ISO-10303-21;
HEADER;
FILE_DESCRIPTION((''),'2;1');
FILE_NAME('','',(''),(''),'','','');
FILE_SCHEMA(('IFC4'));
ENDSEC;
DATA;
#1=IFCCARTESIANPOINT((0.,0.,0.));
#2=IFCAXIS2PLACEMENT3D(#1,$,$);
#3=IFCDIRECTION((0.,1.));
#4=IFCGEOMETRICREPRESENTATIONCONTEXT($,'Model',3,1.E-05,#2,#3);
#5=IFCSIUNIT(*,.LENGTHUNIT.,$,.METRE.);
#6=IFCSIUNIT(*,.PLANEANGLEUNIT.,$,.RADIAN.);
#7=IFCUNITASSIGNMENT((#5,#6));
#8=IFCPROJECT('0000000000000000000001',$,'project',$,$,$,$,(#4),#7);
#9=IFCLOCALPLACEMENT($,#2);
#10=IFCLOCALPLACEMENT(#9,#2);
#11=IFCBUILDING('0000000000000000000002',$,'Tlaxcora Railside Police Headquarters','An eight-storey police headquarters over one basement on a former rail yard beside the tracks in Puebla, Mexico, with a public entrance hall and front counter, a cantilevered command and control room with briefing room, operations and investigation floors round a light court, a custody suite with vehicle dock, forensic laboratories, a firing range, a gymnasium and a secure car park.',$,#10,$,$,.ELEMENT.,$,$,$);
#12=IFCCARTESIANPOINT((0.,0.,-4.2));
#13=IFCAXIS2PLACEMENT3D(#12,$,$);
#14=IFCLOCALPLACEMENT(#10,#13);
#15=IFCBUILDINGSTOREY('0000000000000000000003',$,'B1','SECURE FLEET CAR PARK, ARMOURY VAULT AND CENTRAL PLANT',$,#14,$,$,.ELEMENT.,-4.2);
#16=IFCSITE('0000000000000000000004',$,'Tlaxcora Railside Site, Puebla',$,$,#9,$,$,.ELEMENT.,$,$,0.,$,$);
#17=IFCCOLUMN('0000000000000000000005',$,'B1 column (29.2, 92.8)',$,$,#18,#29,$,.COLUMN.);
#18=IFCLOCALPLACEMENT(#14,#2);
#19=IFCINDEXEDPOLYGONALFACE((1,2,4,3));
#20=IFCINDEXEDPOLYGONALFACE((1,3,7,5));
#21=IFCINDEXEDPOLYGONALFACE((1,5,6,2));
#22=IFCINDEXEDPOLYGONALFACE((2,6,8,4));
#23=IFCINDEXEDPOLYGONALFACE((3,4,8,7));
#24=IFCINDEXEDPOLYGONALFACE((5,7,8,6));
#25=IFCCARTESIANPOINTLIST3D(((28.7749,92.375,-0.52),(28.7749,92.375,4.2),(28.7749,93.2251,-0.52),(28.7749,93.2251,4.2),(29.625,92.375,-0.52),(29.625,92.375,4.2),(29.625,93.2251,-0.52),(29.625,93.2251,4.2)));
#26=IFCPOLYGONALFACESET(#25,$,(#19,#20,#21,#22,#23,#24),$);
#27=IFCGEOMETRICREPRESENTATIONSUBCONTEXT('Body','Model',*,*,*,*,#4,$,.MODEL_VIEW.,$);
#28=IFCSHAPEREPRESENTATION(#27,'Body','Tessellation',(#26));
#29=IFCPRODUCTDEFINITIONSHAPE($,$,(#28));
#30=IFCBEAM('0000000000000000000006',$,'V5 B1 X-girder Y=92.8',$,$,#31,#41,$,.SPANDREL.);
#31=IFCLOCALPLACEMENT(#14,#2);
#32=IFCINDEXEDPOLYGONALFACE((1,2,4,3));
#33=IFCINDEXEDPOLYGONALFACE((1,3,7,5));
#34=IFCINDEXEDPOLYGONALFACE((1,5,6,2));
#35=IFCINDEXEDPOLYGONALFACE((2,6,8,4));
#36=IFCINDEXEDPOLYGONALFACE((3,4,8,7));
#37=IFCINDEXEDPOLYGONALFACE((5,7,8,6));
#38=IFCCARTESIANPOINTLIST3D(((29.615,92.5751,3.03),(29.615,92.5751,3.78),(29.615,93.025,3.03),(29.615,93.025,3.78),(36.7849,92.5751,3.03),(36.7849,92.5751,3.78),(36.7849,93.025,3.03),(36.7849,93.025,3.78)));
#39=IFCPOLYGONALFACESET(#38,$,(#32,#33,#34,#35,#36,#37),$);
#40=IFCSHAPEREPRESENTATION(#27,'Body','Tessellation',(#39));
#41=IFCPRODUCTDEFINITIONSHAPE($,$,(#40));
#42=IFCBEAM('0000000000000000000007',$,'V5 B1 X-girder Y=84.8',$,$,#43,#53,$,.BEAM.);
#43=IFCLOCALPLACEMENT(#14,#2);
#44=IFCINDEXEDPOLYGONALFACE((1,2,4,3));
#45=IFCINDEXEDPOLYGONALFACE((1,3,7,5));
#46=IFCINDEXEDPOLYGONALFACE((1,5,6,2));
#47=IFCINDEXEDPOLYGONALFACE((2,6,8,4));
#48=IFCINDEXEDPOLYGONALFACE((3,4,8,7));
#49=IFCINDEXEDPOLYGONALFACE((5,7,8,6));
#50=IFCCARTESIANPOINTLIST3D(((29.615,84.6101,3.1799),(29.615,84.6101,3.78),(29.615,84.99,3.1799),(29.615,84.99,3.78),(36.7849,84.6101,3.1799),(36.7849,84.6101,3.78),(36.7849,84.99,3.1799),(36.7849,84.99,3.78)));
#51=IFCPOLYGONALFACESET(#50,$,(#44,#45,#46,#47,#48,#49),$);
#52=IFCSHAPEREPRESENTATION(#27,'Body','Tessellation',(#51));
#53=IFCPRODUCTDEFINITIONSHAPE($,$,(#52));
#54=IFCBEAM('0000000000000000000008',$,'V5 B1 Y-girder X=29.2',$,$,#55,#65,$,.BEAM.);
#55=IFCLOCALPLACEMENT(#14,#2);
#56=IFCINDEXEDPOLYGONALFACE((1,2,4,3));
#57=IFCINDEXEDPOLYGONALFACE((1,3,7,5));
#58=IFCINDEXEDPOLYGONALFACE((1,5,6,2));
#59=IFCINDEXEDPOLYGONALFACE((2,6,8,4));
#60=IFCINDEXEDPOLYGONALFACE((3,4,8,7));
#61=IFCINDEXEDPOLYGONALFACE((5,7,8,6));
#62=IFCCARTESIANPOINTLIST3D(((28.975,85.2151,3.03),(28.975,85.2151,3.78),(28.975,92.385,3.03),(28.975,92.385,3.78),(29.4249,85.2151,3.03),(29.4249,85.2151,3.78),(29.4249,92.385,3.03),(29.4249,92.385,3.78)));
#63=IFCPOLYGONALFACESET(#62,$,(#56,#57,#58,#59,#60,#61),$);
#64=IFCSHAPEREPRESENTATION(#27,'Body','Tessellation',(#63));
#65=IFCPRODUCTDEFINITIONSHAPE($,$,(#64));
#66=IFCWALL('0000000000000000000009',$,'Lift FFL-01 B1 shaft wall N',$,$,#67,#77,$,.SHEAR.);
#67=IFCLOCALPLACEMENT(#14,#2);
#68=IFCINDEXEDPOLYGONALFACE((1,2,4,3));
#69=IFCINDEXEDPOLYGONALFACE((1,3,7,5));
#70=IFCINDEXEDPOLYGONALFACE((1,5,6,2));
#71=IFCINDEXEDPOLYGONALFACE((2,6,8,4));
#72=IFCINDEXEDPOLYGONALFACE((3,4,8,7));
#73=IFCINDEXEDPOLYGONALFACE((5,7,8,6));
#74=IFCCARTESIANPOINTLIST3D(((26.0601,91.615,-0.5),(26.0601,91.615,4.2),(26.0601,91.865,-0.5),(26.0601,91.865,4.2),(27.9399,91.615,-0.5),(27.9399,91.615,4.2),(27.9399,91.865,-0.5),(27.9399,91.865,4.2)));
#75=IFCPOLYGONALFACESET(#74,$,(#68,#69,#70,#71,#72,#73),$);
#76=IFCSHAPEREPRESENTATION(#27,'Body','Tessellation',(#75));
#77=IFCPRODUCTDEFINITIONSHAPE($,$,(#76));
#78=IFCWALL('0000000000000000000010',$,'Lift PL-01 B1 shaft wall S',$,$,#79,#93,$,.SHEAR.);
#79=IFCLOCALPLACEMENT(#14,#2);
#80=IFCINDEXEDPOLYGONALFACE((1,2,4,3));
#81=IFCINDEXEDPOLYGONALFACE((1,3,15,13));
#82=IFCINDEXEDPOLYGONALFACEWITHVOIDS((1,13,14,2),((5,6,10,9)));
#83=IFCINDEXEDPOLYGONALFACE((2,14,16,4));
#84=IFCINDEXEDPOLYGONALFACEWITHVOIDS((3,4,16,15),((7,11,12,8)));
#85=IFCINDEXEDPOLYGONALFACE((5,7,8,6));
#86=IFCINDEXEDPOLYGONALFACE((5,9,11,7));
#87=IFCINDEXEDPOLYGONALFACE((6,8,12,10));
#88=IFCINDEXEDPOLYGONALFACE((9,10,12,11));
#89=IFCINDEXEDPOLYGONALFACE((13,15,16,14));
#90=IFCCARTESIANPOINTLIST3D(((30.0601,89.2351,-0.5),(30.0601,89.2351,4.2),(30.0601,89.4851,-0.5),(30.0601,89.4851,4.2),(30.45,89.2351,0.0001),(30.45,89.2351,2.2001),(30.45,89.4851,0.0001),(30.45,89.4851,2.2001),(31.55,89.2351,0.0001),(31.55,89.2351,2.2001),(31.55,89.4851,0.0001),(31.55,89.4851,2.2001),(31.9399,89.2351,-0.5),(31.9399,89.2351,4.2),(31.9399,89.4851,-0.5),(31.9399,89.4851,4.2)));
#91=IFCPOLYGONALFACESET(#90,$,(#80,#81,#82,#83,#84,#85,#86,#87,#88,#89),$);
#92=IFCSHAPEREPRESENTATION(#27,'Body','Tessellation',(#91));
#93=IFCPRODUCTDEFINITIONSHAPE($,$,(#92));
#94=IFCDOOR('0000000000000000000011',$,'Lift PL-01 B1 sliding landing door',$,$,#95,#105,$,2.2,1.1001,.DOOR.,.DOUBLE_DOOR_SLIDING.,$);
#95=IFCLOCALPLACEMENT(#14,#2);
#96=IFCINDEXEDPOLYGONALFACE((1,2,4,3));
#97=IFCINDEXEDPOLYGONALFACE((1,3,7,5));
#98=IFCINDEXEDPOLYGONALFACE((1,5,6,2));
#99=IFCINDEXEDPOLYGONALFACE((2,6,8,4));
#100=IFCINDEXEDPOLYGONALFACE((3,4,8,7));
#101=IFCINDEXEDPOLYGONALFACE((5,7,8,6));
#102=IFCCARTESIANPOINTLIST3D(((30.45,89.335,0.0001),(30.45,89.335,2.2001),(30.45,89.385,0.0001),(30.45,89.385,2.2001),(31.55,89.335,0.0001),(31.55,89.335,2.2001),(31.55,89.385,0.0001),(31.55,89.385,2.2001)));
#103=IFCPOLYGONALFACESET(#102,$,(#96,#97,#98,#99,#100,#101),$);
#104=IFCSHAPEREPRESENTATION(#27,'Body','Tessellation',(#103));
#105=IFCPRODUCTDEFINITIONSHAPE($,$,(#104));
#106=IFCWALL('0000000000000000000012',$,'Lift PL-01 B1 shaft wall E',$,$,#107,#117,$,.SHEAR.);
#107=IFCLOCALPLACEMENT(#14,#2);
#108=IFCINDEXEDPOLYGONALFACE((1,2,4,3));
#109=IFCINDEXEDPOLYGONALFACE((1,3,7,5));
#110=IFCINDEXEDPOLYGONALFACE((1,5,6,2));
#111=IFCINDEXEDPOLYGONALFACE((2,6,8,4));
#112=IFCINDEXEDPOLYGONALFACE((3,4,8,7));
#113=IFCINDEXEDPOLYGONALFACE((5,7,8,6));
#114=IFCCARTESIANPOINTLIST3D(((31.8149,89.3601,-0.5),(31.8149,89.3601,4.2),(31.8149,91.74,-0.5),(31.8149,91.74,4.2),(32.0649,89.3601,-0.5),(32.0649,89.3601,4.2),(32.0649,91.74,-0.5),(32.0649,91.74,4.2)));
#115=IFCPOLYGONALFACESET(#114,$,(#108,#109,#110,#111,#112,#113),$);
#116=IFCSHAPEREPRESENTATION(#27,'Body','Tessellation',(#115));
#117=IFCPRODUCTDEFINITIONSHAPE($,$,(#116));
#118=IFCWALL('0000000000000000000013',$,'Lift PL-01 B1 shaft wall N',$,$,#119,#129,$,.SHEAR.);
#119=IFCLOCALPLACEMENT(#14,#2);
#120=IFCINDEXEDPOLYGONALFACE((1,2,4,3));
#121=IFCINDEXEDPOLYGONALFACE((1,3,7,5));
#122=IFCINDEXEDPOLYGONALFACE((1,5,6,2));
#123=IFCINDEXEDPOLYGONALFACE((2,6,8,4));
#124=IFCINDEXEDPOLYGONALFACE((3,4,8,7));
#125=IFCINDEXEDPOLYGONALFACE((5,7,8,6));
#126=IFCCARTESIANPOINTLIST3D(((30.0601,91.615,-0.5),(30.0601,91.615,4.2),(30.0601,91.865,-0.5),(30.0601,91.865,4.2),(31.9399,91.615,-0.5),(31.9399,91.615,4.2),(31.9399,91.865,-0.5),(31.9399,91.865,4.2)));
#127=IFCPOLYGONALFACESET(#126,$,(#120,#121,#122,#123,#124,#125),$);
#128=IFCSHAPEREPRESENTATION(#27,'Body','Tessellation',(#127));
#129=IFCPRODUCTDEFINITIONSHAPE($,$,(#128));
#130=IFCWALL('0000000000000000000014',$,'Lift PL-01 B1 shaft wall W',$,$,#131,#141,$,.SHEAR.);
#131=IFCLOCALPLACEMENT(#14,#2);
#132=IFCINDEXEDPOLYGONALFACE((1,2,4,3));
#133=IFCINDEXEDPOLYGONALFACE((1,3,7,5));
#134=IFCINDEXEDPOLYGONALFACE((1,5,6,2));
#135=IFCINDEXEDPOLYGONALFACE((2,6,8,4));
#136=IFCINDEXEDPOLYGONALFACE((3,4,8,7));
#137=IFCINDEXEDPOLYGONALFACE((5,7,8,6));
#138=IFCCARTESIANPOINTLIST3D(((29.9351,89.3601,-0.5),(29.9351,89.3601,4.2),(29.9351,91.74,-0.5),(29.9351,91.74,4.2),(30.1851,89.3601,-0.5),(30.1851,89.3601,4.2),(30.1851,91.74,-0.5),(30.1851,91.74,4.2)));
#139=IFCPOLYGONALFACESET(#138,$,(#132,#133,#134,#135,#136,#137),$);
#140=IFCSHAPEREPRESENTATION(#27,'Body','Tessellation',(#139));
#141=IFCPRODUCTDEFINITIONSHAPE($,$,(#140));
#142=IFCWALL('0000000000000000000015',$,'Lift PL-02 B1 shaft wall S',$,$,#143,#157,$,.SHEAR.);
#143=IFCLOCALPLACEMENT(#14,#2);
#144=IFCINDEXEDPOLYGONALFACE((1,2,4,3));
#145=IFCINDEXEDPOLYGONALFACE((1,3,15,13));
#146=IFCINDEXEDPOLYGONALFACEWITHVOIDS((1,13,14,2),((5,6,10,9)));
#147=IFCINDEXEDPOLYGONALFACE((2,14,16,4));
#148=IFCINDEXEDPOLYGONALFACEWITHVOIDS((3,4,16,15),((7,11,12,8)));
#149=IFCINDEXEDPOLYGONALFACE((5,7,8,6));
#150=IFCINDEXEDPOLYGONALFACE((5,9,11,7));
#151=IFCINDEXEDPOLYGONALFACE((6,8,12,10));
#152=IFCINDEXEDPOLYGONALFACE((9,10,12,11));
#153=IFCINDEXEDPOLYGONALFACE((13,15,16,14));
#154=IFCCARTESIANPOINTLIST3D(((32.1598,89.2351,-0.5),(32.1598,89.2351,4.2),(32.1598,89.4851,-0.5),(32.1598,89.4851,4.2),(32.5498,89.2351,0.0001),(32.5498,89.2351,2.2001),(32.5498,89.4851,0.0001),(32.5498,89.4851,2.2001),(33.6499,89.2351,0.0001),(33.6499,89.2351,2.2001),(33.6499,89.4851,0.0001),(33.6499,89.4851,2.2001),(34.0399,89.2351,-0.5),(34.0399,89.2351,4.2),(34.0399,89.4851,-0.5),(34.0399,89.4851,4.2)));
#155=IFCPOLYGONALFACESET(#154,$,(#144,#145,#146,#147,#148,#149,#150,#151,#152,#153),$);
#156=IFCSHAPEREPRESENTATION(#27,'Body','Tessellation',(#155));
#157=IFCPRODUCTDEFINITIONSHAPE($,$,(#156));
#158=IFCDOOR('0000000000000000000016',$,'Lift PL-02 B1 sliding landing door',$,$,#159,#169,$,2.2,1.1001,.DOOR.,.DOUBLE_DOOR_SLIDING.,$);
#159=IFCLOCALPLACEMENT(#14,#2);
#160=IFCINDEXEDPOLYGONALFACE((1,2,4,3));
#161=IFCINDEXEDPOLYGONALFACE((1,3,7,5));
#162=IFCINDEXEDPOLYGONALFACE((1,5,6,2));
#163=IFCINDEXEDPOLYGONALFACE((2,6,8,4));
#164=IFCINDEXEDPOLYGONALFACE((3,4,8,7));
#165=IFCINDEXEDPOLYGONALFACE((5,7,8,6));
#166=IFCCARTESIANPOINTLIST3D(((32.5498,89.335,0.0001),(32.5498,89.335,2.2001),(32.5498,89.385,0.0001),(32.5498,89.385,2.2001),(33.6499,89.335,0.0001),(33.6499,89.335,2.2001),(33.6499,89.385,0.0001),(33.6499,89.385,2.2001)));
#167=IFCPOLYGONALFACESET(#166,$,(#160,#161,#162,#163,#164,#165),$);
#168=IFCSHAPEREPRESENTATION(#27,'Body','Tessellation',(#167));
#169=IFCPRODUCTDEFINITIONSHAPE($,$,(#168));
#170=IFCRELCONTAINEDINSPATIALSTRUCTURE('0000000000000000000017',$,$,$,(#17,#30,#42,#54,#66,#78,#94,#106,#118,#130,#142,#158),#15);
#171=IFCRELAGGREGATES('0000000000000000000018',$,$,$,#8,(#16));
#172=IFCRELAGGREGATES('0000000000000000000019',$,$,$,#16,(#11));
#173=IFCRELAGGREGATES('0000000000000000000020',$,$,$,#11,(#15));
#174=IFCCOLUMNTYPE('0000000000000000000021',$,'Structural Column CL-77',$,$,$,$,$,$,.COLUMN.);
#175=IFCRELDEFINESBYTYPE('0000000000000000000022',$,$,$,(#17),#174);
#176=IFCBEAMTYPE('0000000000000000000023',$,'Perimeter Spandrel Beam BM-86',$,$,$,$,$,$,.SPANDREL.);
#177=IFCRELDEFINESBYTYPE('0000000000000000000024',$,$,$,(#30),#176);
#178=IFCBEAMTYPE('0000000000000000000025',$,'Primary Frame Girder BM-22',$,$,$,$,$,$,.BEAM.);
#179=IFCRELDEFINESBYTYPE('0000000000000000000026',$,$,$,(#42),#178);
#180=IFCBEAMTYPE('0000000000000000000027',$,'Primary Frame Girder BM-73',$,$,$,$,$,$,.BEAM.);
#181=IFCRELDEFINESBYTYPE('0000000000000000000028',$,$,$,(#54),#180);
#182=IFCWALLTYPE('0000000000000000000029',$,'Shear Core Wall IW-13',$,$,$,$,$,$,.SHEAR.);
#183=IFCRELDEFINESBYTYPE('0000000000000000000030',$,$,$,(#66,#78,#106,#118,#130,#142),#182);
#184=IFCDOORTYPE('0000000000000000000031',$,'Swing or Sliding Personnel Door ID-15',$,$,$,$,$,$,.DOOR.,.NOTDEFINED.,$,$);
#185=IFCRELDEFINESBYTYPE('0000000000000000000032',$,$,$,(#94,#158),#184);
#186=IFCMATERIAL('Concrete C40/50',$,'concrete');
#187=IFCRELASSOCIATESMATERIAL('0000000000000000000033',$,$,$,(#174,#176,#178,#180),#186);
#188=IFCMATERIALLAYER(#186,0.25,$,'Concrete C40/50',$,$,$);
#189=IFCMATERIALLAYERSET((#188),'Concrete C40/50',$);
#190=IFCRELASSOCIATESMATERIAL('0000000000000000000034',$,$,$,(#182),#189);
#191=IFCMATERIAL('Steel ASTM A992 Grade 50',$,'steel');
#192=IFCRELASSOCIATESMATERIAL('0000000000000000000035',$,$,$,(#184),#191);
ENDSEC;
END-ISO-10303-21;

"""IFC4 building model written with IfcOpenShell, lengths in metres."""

from ifc_helpers import new_model, si_unit, direction, frame, frame_2d, origin, origin_2d, place, context, subcontext, project, spatial, rectangle, extrude, material, layer, layer_set, material_profile, profile_set, type_object, element, fill, save


model = new_model("IFC4")

# Units and contexts
model_context = context("Model", 3, precision=1e-05, world=origin(), true_north=direction((0.0, 1.0)))
body_context = subcontext(model_context, "Body", "Model", "MODEL_VIEW")
ifc_project = project(units=[si_unit("LENGTHUNIT", "METRE"), si_unit("PLANEANGLEUNIT", "RADIAN")], contexts=[model_context])

# Site, building, storey
site_placement = place(None, origin())
site = spatial("IfcSite", under=ifc_project, at=site_placement, Name="Tlaxcora Railside Site, Puebla", CompositionType="ELEMENT", RefElevation=0.0)
building_placement = place(site_placement, origin())
building = spatial("IfcBuilding", under=site, at=building_placement, Name="Tlaxcora Railside Police Headquarters", Description="An eight-storey police headquarters over one basement on a former rail yard beside the tracks in Puebla, Mexico, with a public entrance hall and front counter, a cantilevered command and control room with briefing room, operations and investigation floors round a light court, a custody suite with vehicle dock, forensic laboratories, a firing range, a gymnasium and a secure car park.", CompositionType="ELEMENT")
storey_placement = place(building_placement, frame((0.0, 0.0, -4.2)))
storey = spatial("IfcBuildingStorey", under=building, at=storey_placement, Name="B1", Description="SECURE FLEET CAR PARK, ARMOURY VAULT AND CENTRAL PLANT", CompositionType="ELEMENT", Elevation=-4.2)

# Shared definitions
ifc_material_1 = material(Name="Concrete C40/50", Category="concrete")

# Column
ifc_material_profile_1 = material_profile(ifc_material_1, rectangle(XDim=0.8501, YDim=0.8501, at=origin_2d()), Name="RC850X850")
ifc_profile_set_1 = profile_set([ifc_material_profile_1], Name="Concrete C40/50")
column_type = type_object("IfcColumnType", Name="Structural Column CL-77", PredefinedType="COLUMN", material=ifc_profile_set_1)
column_placement = place(storey_placement, frame((29.2, 92.8, -0.52), z_axis=(0.0, 0.0, 1.0), x_axis=(1.0, 0.0, 0.0)))
element("IfcColumn", 1, at=column_placement, inside=storey, type_object=column_type, Name="B1 column (29.2, 92.8)", PredefinedType="COLUMN", context=body_context, shape_type="SweptSolid", body=[
    extrude(rectangle(XDim=0.8501, YDim=0.8501, at=origin_2d()), origin(), (0.0, 0.0, 1.0), 4.72),
])

# Beams
ifc_material_profile_2 = material_profile(ifc_material_1, rectangle(XDim=0.45, YDim=0.75, at=origin_2d()), Name="RC450X750")
ifc_profile_set_2 = profile_set([ifc_material_profile_2], Name="Concrete C40/50")
beam_type_1 = type_object("IfcBeamType", Name="Perimeter Spandrel Beam BM-86", PredefinedType="SPANDREL", material=ifc_profile_set_2)
beam_1_placement = place(storey_placement, frame((29.615, 92.8, 3.405), z_axis=(1.0, 0.0, 0.0), x_axis=(0.0, 1.0, 0.0)))
element("IfcBeam", 2, at=beam_1_placement, inside=storey, type_object=beam_type_1, Name="V5 B1 X-girder Y=92.8", PredefinedType="SPANDREL", context=body_context, shape_type="SweptSolid", body=[
    extrude(rectangle(XDim=0.45, YDim=0.75, at=origin_2d()), origin(), (0.0, 0.0, 1.0), 7.1699),
])
ifc_material_profile_3 = material_profile(ifc_material_1, rectangle(XDim=0.3799, YDim=0.6001, at=origin_2d()), Name="RC380X600")
ifc_profile_set_3 = profile_set([ifc_material_profile_3], Name="Concrete C40/50")
beam_type_2 = type_object("IfcBeamType", Name="Primary Frame Girder BM-22", PredefinedType="BEAM", material=ifc_profile_set_3)
beam_2_placement = place(storey_placement, frame((29.615, 84.8, 3.48), z_axis=(1.0, 0.0, 0.0), x_axis=(0.0, 1.0, 0.0)))
element("IfcBeam", 3, at=beam_2_placement, inside=storey, type_object=beam_type_2, Name="V5 B1 X-girder Y=84.8", PredefinedType="BEAM", context=body_context, shape_type="SweptSolid", body=[
    extrude(rectangle(XDim=0.3799, YDim=0.6001, at=origin_2d()), origin(), (0.0, 0.0, 1.0), 7.1699),
])
ifc_material_profile_4 = material_profile(ifc_material_1, rectangle(XDim=0.45, YDim=0.75, at=origin_2d()), Name="RC450X750")
ifc_profile_set_4 = profile_set([ifc_material_profile_4], Name="Concrete C40/50")
beam_type_3 = type_object("IfcBeamType", Name="Primary Frame Girder BM-73", PredefinedType="BEAM", material=ifc_profile_set_4)
beam_3_placement = place(storey_placement, frame((29.2, 85.2151, 3.405), z_axis=(0.0, 1.0, 0.0), x_axis=(-1.0, 0.0, 0.0)))
element("IfcBeam", 4, at=beam_3_placement, inside=storey, type_object=beam_type_3, Name="V5 B1 Y-girder X=29.2", PredefinedType="BEAM", context=body_context, shape_type="SweptSolid", body=[
    extrude(rectangle(XDim=0.45, YDim=0.75, at=origin_2d()), origin(), (0.0, 0.0, 1.0), 7.1699),
])

# Wall
ifc_layer_1 = layer(ifc_material_1, 0.25, Name="Concrete C40/50")
ifc_layer_set_1 = layer_set([ifc_layer_1], Name="Concrete C40/50")
wall_type_1 = type_object("IfcWallType", Name="Shear Core Wall IW-13", PredefinedType="SHEAR", material=ifc_layer_set_1)
wall_1_placement = place(storey_placement, frame((27.9399, 91.74, -0.5), z_axis=(0.0, 0.0, 1.0), x_axis=(-1.0, 0.0, 0.0)))
element("IfcWall", 5, at=wall_1_placement, inside=storey, type_object=wall_type_1, Name="Lift FFL-01 B1 shaft wall N", PredefinedType="SHEAR", context=body_context, shape_type="SweptSolid", body=[
    extrude(rectangle(XDim=1.8799, YDim=0.25, at=frame_2d((0.9399, 0.0))), origin(), (0.0, 0.0, 1.0), 4.7),
])

# Wall, opening, door
wall_2_placement = place(storey_placement, frame((30.0601, 89.3601, -0.5), z_axis=(0.0, 0.0, 1.0), x_axis=(1.0, 0.0, 0.0)))
wall_2 = element("IfcWall", 6, at=wall_2_placement, inside=storey, type_object=wall_type_1, Name="Lift PL-01 B1 shaft wall S", PredefinedType="SHEAR", context=body_context, shape_type="SweptSolid", body=[
    extrude(rectangle(XDim=1.8799, YDim=0.25, at=frame_2d((0.9399, 0.0))), origin(), (0.0, 0.0, 1.0), 4.7),
])
opening_1_placement = place(wall_2_placement, frame((0.3899, 0.0, 0.5)))
opening_1 = element("IfcOpeningElement", 7, at=opening_1_placement, cuts=wall_2, PredefinedType="OPENING", context=body_context, shape_type="SweptSolid", body=[
    extrude(rectangle(XDim=1.1001, YDim=2.2, at=frame_2d((0.55, 1.1001))), frame((0.0, 0.135, 0.0), z_axis=(0.0, -1.0, 0.0), x_axis=(1.0, 0.0, 0.0)), (0.0, 0.0, 1.0), 0.27),
])
ifc_material_2 = material(Name="Steel ASTM A992 Grade 50", Category="steel")
door_type = type_object("IfcDoorType", Name="Swing or Sliding Personnel Door ID-15", OperationType="NOTDEFINED", PredefinedType="DOOR", material=ifc_material_2)
door_1_placement = place(opening_1_placement, origin())
door_1 = element("IfcDoor", 8, at=door_1_placement, inside=storey, type_object=door_type, Name="Lift PL-01 B1 sliding landing door", OperationType="DOUBLE_DOOR_SLIDING", OverallHeight=2.2, OverallWidth=1.1001, PredefinedType="DOOR", context=body_context, shape_type="SweptSolid", body=[
    extrude(rectangle(XDim=1.1001, YDim=2.2, at=frame_2d((0.55, 1.1001))), frame((0.0, 0.0249, 0.0), z_axis=(0.0, -1.0, 0.0), x_axis=(1.0, 0.0, 0.0)), (0.0, 0.0, 1.0), 0.05),
])
fill(opening_1, door_1)

# Walls
wall_3_placement = place(storey_placement, frame((31.9399, 89.3601, -0.5), z_axis=(0.0, 0.0, 1.0), x_axis=(0.0, 1.0, 0.0)))
element("IfcWall", 9, at=wall_3_placement, inside=storey, type_object=wall_type_1, Name="Lift PL-01 B1 shaft wall E", PredefinedType="SHEAR", context=body_context, shape_type="SweptSolid", body=[
    extrude(rectangle(XDim=2.3799, YDim=0.25, at=frame_2d((1.1899, 0.0))), origin(), (0.0, 0.0, 1.0), 4.7),
])
wall_4_placement = place(storey_placement, frame((31.9399, 91.74, -0.5), z_axis=(0.0, 0.0, 1.0), x_axis=(-1.0, 0.0, 0.0)))
element("IfcWall", 10, at=wall_4_placement, inside=storey, type_object=wall_type_1, Name="Lift PL-01 B1 shaft wall N", PredefinedType="SHEAR", context=body_context, shape_type="SweptSolid", body=[
    extrude(rectangle(XDim=1.8799, YDim=0.25, at=frame_2d((0.9399, 0.0))), origin(), (0.0, 0.0, 1.0), 4.7),
])
wall_5_placement = place(storey_placement, frame((30.0601, 91.74, -0.5), z_axis=(0.0, 0.0, 1.0), x_axis=(0.0, -1.0, 0.0)))
element("IfcWall", 11, at=wall_5_placement, inside=storey, type_object=wall_type_1, Name="Lift PL-01 B1 shaft wall W", PredefinedType="SHEAR", context=body_context, shape_type="SweptSolid", body=[
    extrude(rectangle(XDim=2.3799, YDim=0.25, at=frame_2d((1.1899, 0.0))), origin(), (0.0, 0.0, 1.0), 4.7),
])

# Wall, opening, door
wall_6_placement = place(storey_placement, frame((32.1599, 89.3601, -0.5), z_axis=(0.0, 0.0, 1.0), x_axis=(1.0, 0.0, 0.0)))
wall_6 = element("IfcWall", 12, at=wall_6_placement, inside=storey, type_object=wall_type_1, Name="Lift PL-02 B1 shaft wall S", PredefinedType="SHEAR", context=body_context, shape_type="SweptSolid", body=[
    extrude(rectangle(XDim=1.8801, YDim=0.25, at=frame_2d((0.9399, 0.0))), origin(), (0.0, 0.0, 1.0), 4.7),
])
opening_2_placement = place(wall_6_placement, frame((0.3899, 0.0, 0.5)))
opening_2 = element("IfcOpeningElement", 13, at=opening_2_placement, cuts=wall_6, PredefinedType="OPENING", context=body_context, shape_type="SweptSolid", body=[
    extrude(rectangle(XDim=1.1001, YDim=2.2, at=frame_2d((0.55, 1.1001))), frame((0.0, 0.135, 0.0), z_axis=(0.0, -1.0, 0.0), x_axis=(1.0, 0.0, 0.0)), (0.0, 0.0, 1.0), 0.27),
])
door_2_placement = place(opening_2_placement, origin())
door_2 = element("IfcDoor", 14, at=door_2_placement, inside=storey, type_object=door_type, Name="Lift PL-02 B1 sliding landing door", OperationType="DOUBLE_DOOR_SLIDING", OverallHeight=2.2, OverallWidth=1.1001, PredefinedType="DOOR", context=body_context, shape_type="SweptSolid", body=[
    extrude(rectangle(XDim=1.1001, YDim=2.2, at=frame_2d((0.55, 1.1001))), frame((0.0, 0.0249, 0.0), z_axis=(0.0, -1.0, 0.0), x_axis=(1.0, 0.0, 0.0)), (0.0, 0.0, 1.0), 0.05),
])
fill(opening_2, door_2)

save(model, "model.ifc")
